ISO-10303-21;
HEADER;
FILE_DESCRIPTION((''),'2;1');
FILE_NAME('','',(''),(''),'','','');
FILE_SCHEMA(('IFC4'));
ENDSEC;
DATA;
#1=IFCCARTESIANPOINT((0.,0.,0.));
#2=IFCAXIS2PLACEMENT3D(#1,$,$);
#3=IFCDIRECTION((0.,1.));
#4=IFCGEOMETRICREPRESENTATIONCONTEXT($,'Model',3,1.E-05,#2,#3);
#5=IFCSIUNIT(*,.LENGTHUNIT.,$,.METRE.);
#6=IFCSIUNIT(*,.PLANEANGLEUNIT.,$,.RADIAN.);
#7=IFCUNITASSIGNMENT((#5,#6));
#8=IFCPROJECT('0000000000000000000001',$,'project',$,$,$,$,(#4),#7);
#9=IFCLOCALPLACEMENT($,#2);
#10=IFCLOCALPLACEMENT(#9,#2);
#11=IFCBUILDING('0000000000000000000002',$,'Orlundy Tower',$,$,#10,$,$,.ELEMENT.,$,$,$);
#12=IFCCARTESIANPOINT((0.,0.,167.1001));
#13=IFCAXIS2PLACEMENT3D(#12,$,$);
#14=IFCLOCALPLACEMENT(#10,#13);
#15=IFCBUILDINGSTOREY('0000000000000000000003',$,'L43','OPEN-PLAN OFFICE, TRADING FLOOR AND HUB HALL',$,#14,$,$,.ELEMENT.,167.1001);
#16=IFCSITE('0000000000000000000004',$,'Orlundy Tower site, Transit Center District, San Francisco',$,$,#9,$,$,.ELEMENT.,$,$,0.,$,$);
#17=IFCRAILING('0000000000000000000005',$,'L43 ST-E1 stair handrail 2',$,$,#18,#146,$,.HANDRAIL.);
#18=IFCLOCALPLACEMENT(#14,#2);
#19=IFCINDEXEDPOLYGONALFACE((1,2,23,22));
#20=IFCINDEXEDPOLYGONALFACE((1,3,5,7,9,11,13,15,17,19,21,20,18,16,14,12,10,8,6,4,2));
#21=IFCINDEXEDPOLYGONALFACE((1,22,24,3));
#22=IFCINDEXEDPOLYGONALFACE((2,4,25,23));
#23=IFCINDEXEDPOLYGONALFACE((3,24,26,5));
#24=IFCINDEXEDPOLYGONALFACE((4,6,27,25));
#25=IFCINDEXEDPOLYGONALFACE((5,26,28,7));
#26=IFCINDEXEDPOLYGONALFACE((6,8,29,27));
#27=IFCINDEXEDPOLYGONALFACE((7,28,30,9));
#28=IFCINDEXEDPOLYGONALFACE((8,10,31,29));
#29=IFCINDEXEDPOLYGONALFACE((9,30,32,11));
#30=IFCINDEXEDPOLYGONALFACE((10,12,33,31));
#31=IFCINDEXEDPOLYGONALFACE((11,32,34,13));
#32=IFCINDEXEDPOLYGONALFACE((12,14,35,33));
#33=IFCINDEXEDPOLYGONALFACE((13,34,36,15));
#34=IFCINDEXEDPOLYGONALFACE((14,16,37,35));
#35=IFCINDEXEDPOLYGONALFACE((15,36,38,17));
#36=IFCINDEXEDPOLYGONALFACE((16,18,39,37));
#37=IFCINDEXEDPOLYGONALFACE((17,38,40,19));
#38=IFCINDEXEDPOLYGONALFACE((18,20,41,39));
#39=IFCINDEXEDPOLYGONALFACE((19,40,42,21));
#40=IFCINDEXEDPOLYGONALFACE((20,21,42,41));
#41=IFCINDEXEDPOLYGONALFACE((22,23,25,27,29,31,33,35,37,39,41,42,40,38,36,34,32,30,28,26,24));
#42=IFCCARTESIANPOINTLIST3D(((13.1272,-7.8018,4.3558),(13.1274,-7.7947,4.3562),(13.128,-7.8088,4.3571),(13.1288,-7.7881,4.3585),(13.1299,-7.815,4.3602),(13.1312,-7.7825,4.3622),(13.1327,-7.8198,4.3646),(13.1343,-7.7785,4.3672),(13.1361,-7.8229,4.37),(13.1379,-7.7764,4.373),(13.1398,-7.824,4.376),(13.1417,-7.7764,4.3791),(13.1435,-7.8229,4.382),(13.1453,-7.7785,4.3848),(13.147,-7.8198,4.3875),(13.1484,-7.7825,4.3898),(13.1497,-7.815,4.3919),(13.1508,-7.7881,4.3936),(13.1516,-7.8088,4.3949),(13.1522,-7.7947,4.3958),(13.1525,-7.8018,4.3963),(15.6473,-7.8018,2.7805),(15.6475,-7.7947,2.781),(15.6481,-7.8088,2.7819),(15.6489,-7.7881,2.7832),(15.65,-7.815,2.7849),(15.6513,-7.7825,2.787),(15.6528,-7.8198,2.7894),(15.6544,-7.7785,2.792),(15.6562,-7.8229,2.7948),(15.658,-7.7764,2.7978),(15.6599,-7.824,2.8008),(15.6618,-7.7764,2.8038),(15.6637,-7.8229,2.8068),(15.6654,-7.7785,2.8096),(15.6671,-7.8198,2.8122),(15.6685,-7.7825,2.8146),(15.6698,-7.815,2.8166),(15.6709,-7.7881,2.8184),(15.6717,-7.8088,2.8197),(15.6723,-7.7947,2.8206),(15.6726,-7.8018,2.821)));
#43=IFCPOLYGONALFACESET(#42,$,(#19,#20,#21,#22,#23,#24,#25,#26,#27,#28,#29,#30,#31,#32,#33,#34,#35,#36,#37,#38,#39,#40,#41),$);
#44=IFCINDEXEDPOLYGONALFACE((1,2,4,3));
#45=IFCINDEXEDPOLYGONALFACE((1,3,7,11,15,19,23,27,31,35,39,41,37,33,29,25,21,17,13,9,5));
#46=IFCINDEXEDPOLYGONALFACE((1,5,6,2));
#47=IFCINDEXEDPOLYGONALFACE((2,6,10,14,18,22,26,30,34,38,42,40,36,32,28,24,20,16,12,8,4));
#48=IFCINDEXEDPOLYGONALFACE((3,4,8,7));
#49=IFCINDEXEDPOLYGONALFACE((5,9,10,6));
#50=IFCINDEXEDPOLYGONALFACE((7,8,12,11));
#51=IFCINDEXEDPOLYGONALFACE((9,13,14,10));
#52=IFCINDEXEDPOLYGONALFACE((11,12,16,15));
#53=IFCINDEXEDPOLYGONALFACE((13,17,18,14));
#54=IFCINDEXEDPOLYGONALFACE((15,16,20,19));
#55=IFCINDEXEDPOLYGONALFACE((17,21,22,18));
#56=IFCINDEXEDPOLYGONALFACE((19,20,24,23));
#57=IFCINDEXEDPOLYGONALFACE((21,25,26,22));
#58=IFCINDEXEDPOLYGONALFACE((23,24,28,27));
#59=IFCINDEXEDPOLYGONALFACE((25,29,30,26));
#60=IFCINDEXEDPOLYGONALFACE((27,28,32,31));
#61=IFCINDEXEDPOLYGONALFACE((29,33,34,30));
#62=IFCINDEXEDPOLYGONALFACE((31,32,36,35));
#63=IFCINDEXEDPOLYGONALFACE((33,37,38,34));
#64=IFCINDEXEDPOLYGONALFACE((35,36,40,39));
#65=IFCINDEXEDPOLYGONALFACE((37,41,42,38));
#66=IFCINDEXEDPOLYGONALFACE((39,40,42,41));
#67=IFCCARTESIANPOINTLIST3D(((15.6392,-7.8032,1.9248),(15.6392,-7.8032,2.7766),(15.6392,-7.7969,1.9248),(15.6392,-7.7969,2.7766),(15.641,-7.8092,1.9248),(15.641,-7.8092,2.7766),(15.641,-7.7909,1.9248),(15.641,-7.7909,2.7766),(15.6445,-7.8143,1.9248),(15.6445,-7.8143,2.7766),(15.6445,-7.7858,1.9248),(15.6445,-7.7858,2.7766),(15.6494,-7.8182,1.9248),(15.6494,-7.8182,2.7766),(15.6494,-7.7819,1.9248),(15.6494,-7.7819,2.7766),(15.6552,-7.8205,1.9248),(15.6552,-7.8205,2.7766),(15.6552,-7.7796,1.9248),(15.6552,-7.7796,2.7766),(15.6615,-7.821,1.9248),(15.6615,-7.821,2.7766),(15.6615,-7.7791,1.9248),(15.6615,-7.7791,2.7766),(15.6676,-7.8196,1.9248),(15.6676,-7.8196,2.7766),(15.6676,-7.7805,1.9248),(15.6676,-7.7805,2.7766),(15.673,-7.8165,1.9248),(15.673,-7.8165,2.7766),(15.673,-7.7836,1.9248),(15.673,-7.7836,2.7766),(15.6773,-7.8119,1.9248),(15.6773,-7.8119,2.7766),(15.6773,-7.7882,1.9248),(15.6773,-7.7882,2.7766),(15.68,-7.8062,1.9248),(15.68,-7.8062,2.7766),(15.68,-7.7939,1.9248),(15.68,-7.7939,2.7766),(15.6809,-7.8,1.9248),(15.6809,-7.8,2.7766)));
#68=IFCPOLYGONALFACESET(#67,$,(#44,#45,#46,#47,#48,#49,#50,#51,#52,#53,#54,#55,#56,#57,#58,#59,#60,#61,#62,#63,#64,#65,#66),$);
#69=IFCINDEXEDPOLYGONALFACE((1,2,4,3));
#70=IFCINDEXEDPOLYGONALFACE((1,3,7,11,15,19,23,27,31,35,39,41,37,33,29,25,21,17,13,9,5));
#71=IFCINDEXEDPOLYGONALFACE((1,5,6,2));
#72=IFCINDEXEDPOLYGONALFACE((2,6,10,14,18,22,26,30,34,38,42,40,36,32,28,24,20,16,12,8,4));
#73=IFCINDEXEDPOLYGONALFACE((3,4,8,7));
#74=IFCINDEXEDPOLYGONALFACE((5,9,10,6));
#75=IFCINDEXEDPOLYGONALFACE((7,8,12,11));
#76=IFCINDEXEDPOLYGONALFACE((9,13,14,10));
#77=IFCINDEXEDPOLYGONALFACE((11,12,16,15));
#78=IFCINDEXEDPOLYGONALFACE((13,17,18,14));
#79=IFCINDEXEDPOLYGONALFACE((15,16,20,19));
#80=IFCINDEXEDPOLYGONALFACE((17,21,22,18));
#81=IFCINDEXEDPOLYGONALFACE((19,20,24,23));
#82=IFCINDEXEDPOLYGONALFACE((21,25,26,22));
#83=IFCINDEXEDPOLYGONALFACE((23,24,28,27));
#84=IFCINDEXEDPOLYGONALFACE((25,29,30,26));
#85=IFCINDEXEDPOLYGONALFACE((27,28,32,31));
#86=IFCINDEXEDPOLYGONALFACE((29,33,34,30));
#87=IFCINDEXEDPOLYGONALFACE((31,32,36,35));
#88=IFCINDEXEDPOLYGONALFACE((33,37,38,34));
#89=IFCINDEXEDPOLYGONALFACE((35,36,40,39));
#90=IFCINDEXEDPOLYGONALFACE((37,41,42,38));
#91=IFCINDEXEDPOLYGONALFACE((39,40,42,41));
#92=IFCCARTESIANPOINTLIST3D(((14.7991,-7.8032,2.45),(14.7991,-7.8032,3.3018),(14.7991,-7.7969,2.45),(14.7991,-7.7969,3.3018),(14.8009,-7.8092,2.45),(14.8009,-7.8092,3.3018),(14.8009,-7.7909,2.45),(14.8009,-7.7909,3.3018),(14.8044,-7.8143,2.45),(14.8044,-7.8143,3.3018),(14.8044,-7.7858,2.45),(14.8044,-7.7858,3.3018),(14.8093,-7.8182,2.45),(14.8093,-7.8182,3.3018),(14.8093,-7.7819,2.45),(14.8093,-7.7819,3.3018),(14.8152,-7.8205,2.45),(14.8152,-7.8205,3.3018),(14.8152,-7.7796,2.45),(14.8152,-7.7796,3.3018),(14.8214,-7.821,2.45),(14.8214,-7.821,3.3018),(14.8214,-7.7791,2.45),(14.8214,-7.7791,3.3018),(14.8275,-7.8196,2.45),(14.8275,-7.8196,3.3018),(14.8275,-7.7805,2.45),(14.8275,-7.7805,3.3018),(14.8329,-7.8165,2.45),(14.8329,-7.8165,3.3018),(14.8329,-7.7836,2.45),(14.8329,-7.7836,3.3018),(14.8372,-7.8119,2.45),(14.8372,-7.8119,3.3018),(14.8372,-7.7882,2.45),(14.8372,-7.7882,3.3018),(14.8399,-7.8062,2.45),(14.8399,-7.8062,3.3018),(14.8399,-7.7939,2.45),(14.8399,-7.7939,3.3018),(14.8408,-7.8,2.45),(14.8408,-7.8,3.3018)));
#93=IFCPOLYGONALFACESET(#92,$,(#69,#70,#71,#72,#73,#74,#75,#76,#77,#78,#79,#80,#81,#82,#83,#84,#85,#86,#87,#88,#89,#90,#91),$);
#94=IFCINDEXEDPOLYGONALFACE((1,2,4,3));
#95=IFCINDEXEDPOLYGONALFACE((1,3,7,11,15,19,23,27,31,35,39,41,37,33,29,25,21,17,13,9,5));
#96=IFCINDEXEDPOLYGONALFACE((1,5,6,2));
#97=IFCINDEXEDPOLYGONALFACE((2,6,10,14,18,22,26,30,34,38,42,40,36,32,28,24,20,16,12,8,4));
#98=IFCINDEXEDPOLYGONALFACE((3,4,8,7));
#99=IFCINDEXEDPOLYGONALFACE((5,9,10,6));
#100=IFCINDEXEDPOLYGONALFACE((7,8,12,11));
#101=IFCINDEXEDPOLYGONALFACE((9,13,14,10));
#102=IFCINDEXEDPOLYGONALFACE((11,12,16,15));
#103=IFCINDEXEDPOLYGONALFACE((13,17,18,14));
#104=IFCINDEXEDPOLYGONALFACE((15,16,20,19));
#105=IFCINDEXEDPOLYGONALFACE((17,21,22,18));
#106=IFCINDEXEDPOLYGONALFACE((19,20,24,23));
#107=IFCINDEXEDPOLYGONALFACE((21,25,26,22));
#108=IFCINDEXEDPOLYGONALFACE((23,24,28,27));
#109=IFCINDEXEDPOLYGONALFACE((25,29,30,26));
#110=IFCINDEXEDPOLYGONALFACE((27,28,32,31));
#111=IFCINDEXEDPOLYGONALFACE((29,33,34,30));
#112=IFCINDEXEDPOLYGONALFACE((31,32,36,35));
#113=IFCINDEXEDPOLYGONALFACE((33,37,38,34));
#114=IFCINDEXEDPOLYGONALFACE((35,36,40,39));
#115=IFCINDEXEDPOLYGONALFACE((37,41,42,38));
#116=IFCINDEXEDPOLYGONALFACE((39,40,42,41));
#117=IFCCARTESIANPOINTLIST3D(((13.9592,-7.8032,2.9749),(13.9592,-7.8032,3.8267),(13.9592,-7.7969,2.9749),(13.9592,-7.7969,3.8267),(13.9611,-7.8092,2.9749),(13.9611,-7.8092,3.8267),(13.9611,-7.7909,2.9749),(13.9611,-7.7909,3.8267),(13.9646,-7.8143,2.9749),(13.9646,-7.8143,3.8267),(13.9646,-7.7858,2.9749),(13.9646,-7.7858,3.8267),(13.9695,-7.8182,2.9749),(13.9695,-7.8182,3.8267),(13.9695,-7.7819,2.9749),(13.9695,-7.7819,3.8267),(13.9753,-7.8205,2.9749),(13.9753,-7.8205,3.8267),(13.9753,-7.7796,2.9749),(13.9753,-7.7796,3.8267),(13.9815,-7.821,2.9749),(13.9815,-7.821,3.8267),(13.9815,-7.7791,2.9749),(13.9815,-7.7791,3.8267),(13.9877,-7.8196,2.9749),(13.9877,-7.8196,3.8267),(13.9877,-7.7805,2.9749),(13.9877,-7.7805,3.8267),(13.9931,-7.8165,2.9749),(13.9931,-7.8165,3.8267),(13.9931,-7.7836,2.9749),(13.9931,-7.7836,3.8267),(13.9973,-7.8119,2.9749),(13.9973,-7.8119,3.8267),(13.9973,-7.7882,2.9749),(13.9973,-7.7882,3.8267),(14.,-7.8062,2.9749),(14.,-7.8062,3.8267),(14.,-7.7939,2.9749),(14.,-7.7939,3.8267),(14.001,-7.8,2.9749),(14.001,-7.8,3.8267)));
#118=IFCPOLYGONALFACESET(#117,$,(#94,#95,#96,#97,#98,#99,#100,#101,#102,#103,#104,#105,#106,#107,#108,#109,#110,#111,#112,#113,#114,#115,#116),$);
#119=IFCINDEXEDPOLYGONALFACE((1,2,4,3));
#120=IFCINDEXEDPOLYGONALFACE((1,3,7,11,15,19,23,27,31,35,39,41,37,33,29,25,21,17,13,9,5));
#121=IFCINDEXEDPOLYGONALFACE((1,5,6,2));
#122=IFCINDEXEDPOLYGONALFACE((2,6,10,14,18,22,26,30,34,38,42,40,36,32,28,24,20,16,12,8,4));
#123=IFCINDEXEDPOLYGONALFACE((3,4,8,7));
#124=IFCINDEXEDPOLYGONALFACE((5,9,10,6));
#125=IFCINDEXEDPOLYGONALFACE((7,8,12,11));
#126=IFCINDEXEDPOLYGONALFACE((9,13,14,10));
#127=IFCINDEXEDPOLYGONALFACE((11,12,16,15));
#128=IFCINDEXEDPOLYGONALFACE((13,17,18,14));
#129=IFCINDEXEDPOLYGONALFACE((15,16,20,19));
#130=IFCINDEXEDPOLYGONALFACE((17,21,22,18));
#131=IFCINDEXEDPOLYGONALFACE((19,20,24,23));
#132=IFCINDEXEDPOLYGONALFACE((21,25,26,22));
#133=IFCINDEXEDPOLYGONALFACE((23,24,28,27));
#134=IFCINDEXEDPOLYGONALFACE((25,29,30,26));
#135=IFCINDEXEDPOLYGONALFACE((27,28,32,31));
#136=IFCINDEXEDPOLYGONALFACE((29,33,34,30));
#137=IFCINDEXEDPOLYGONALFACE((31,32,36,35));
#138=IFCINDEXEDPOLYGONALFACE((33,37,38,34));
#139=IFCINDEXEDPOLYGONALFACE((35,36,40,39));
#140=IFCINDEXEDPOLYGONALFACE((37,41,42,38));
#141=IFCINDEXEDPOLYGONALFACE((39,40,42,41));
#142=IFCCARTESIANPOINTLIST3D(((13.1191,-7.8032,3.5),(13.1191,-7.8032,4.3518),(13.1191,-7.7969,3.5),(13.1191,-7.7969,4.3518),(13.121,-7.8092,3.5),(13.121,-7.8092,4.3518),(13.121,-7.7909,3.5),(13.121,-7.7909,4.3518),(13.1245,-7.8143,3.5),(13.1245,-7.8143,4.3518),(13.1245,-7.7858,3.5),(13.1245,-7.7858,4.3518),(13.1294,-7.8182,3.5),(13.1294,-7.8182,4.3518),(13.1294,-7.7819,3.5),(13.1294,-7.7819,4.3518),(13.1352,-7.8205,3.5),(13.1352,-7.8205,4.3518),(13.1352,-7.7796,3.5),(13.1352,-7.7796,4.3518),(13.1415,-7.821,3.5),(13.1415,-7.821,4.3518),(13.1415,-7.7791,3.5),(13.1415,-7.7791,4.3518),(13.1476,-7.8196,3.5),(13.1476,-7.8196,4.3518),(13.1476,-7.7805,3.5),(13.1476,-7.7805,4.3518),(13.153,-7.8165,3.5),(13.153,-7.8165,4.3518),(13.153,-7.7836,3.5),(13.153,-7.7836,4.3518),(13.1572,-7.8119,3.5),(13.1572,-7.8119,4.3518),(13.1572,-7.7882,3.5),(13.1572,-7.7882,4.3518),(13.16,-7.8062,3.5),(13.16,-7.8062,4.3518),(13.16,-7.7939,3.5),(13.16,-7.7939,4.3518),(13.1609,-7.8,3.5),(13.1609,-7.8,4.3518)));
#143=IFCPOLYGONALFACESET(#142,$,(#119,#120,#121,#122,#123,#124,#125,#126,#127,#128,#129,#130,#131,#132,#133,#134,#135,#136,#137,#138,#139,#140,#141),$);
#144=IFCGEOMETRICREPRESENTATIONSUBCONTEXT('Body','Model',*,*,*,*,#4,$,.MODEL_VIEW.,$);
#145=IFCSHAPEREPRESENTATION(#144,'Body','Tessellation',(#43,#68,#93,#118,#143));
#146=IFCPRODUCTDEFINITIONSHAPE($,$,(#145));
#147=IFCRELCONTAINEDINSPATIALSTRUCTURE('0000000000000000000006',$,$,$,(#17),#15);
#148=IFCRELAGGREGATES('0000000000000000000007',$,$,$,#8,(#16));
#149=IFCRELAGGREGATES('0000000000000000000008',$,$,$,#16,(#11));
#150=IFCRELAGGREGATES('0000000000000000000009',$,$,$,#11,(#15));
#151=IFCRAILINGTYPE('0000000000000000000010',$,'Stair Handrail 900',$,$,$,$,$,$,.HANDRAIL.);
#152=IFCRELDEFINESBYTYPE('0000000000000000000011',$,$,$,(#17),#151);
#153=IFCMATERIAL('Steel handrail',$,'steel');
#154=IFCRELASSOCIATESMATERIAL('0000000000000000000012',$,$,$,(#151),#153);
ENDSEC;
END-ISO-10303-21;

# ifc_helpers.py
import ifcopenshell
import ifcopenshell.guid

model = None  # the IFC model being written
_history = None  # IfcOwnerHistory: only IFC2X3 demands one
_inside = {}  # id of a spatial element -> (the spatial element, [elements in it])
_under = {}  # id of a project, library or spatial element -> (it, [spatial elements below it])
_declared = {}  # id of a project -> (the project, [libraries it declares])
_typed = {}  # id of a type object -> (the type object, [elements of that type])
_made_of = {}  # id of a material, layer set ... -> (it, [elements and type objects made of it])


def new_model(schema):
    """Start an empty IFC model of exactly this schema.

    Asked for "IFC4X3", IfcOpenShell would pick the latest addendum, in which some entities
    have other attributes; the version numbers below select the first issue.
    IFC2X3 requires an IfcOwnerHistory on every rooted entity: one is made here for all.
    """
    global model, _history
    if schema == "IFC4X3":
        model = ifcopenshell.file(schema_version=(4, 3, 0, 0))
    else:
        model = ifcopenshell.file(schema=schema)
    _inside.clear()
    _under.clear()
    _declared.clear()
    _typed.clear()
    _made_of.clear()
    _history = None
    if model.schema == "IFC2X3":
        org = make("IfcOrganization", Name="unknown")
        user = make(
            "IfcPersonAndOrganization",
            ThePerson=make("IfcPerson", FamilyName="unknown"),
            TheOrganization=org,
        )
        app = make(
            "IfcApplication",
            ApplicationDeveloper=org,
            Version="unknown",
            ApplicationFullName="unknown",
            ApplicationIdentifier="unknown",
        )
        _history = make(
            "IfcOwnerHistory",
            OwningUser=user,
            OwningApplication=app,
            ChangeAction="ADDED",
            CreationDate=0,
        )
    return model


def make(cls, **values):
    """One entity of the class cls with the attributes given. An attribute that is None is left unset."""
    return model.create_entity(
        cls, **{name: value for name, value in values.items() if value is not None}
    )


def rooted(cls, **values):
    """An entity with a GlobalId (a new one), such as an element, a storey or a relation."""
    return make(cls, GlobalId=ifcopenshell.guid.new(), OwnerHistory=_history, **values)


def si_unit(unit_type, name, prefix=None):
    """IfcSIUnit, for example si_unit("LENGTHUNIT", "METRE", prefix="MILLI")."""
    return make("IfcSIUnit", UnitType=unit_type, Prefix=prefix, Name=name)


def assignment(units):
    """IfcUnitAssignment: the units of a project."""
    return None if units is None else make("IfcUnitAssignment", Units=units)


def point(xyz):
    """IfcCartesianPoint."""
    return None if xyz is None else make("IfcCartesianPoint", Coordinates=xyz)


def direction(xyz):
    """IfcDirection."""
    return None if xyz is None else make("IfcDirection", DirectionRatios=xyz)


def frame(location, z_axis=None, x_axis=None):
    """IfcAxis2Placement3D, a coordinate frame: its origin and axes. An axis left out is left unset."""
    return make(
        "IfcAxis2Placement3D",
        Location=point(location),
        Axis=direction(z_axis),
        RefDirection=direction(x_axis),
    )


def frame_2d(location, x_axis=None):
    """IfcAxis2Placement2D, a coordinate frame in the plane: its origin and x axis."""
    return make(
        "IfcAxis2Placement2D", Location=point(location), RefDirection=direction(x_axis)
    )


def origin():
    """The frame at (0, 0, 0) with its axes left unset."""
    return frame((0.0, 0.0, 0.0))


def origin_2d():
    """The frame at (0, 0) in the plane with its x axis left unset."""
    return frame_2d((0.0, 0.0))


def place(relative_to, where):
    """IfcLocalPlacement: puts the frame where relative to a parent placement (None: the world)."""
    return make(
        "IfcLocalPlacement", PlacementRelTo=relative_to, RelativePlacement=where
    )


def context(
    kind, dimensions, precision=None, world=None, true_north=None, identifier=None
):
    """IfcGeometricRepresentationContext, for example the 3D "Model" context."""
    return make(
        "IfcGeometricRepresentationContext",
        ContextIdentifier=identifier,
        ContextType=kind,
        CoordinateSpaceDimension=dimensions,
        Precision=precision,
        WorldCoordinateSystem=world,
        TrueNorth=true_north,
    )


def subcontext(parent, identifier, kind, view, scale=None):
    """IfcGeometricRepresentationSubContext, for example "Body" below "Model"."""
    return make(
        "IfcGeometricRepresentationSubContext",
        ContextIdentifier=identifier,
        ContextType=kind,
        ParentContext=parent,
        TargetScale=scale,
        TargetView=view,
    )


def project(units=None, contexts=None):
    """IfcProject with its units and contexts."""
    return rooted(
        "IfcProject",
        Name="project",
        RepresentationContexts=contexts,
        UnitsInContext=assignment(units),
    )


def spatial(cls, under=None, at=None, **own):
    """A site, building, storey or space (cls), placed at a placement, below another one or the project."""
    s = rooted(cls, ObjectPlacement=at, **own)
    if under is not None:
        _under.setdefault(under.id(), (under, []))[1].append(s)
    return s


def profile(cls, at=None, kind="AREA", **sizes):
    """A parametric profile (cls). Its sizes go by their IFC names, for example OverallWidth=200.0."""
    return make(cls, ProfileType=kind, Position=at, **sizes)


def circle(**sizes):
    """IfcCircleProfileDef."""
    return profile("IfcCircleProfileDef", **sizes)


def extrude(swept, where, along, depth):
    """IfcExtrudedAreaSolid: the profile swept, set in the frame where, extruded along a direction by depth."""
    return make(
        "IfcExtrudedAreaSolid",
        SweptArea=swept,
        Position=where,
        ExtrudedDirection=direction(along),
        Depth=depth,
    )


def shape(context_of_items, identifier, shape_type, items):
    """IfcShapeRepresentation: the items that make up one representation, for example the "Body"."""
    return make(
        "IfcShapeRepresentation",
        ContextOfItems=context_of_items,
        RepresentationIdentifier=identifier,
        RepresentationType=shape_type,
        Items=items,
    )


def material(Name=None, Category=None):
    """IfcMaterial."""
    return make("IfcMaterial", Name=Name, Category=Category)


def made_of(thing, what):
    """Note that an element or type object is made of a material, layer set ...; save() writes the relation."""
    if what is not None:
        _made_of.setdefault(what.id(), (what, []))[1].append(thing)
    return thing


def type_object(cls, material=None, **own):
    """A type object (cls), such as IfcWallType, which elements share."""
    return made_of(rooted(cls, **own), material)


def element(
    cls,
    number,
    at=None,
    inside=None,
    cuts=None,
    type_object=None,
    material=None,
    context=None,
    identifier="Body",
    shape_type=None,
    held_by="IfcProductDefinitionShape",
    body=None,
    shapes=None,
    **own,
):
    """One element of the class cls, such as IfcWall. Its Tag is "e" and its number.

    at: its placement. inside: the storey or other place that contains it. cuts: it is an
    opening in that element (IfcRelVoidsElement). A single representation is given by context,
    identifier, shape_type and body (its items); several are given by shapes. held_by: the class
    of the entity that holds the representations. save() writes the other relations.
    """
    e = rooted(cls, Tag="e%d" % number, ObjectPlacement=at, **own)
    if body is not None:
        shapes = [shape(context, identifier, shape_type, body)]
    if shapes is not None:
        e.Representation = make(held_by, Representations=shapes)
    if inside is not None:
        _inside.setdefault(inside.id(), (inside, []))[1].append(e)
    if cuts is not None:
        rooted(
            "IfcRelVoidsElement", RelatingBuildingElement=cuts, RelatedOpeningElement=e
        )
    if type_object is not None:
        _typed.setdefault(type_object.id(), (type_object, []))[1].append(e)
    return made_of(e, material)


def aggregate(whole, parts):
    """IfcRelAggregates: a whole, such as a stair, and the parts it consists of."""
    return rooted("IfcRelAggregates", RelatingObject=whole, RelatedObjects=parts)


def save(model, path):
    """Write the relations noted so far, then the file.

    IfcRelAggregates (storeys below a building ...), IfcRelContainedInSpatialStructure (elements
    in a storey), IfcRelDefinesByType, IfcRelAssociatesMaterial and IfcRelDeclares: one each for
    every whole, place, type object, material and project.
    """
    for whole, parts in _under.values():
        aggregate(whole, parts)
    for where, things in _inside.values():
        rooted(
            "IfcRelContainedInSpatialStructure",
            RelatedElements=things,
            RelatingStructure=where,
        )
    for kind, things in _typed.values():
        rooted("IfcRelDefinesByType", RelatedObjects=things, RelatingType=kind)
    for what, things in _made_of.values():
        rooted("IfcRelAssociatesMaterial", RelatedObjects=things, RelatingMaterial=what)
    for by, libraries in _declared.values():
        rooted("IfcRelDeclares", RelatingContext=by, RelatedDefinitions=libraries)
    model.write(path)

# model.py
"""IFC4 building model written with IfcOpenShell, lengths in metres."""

from ifc_helpers import new_model, si_unit, direction, frame, origin, origin_2d, place, context, subcontext, project, spatial, circle, extrude, material, type_object, element, save


model = new_model("IFC4")

# Units and contexts
model_context = context("Model", 3, precision=1e-05, world=origin(), true_north=direction((0.0, 1.0)))
body_context = subcontext(model_context, "Body", "Model", "MODEL_VIEW")
ifc_project = project(units=[si_unit("LENGTHUNIT", "METRE"), si_unit("PLANEANGLEUNIT", "RADIAN")], contexts=[model_context])

# Site, building, storey
site_placement = place(None, origin())
site = spatial("IfcSite", under=ifc_project, at=site_placement, Name="Orlundy Tower site, Transit Center District, San Francisco", CompositionType="ELEMENT", RefElevation=0.0)
building_placement = place(site_placement, origin())
building = spatial("IfcBuilding", under=site, at=building_placement, Name="Orlundy Tower", CompositionType="ELEMENT")
storey_placement = place(building_placement, frame((0.0, 0.0, 167.1001)))
storey = spatial("IfcBuildingStorey", under=building, at=storey_placement, Name="L43", Description="OPEN-PLAN OFFICE, TRADING FLOOR AND HUB HALL", CompositionType="ELEMENT", Elevation=167.1001)

# Railing
ifc_material_1 = material(Name="Steel handrail", Category="steel")
railing_type_1 = type_object("IfcRailingType", Name="Stair Handrail 900", PredefinedType="HANDRAIL", material=ifc_material_1)
railing_1_placement = place(storey_placement, frame((15.6599, -7.8, 1.9248)))
element("IfcRailing", 1, at=railing_1_placement, inside=storey, type_object=railing_type_1, Name="L43 ST-E1 stair handrail 2", PredefinedType="HANDRAIL", context=body_context, shape_type="SweptSolid", body=[
    extrude(circle(Radius=0.0239, at=origin_2d()), frame((0.0, 0.0, 0.876), z_axis=(-0.847971, 0.0, 0.530043), x_axis=(0.0, -1.0, 0.0)), (0.0, 0.0, 1.0), 2.9719),
    extrude(circle(Radius=0.021, at=origin_2d()), origin(), (0.0, 0.0, 1.0), 0.8518),
    extrude(circle(Radius=0.021, at=origin_2d()), frame((-0.8401, 0.0, 0.5251)), (0.0, 0.0, 1.0), 0.8518),
    extrude(circle(Radius=0.021, at=origin_2d()), frame((-1.6799, 0.0, 1.05)), (0.0, 0.0, 1.0), 0.8518),
    extrude(circle(Radius=0.021, at=origin_2d()), frame((-2.52, 0.0, 1.5752)), (0.0, 0.0, 1.0), 0.8518),
])

save(model, "model.ifc")
